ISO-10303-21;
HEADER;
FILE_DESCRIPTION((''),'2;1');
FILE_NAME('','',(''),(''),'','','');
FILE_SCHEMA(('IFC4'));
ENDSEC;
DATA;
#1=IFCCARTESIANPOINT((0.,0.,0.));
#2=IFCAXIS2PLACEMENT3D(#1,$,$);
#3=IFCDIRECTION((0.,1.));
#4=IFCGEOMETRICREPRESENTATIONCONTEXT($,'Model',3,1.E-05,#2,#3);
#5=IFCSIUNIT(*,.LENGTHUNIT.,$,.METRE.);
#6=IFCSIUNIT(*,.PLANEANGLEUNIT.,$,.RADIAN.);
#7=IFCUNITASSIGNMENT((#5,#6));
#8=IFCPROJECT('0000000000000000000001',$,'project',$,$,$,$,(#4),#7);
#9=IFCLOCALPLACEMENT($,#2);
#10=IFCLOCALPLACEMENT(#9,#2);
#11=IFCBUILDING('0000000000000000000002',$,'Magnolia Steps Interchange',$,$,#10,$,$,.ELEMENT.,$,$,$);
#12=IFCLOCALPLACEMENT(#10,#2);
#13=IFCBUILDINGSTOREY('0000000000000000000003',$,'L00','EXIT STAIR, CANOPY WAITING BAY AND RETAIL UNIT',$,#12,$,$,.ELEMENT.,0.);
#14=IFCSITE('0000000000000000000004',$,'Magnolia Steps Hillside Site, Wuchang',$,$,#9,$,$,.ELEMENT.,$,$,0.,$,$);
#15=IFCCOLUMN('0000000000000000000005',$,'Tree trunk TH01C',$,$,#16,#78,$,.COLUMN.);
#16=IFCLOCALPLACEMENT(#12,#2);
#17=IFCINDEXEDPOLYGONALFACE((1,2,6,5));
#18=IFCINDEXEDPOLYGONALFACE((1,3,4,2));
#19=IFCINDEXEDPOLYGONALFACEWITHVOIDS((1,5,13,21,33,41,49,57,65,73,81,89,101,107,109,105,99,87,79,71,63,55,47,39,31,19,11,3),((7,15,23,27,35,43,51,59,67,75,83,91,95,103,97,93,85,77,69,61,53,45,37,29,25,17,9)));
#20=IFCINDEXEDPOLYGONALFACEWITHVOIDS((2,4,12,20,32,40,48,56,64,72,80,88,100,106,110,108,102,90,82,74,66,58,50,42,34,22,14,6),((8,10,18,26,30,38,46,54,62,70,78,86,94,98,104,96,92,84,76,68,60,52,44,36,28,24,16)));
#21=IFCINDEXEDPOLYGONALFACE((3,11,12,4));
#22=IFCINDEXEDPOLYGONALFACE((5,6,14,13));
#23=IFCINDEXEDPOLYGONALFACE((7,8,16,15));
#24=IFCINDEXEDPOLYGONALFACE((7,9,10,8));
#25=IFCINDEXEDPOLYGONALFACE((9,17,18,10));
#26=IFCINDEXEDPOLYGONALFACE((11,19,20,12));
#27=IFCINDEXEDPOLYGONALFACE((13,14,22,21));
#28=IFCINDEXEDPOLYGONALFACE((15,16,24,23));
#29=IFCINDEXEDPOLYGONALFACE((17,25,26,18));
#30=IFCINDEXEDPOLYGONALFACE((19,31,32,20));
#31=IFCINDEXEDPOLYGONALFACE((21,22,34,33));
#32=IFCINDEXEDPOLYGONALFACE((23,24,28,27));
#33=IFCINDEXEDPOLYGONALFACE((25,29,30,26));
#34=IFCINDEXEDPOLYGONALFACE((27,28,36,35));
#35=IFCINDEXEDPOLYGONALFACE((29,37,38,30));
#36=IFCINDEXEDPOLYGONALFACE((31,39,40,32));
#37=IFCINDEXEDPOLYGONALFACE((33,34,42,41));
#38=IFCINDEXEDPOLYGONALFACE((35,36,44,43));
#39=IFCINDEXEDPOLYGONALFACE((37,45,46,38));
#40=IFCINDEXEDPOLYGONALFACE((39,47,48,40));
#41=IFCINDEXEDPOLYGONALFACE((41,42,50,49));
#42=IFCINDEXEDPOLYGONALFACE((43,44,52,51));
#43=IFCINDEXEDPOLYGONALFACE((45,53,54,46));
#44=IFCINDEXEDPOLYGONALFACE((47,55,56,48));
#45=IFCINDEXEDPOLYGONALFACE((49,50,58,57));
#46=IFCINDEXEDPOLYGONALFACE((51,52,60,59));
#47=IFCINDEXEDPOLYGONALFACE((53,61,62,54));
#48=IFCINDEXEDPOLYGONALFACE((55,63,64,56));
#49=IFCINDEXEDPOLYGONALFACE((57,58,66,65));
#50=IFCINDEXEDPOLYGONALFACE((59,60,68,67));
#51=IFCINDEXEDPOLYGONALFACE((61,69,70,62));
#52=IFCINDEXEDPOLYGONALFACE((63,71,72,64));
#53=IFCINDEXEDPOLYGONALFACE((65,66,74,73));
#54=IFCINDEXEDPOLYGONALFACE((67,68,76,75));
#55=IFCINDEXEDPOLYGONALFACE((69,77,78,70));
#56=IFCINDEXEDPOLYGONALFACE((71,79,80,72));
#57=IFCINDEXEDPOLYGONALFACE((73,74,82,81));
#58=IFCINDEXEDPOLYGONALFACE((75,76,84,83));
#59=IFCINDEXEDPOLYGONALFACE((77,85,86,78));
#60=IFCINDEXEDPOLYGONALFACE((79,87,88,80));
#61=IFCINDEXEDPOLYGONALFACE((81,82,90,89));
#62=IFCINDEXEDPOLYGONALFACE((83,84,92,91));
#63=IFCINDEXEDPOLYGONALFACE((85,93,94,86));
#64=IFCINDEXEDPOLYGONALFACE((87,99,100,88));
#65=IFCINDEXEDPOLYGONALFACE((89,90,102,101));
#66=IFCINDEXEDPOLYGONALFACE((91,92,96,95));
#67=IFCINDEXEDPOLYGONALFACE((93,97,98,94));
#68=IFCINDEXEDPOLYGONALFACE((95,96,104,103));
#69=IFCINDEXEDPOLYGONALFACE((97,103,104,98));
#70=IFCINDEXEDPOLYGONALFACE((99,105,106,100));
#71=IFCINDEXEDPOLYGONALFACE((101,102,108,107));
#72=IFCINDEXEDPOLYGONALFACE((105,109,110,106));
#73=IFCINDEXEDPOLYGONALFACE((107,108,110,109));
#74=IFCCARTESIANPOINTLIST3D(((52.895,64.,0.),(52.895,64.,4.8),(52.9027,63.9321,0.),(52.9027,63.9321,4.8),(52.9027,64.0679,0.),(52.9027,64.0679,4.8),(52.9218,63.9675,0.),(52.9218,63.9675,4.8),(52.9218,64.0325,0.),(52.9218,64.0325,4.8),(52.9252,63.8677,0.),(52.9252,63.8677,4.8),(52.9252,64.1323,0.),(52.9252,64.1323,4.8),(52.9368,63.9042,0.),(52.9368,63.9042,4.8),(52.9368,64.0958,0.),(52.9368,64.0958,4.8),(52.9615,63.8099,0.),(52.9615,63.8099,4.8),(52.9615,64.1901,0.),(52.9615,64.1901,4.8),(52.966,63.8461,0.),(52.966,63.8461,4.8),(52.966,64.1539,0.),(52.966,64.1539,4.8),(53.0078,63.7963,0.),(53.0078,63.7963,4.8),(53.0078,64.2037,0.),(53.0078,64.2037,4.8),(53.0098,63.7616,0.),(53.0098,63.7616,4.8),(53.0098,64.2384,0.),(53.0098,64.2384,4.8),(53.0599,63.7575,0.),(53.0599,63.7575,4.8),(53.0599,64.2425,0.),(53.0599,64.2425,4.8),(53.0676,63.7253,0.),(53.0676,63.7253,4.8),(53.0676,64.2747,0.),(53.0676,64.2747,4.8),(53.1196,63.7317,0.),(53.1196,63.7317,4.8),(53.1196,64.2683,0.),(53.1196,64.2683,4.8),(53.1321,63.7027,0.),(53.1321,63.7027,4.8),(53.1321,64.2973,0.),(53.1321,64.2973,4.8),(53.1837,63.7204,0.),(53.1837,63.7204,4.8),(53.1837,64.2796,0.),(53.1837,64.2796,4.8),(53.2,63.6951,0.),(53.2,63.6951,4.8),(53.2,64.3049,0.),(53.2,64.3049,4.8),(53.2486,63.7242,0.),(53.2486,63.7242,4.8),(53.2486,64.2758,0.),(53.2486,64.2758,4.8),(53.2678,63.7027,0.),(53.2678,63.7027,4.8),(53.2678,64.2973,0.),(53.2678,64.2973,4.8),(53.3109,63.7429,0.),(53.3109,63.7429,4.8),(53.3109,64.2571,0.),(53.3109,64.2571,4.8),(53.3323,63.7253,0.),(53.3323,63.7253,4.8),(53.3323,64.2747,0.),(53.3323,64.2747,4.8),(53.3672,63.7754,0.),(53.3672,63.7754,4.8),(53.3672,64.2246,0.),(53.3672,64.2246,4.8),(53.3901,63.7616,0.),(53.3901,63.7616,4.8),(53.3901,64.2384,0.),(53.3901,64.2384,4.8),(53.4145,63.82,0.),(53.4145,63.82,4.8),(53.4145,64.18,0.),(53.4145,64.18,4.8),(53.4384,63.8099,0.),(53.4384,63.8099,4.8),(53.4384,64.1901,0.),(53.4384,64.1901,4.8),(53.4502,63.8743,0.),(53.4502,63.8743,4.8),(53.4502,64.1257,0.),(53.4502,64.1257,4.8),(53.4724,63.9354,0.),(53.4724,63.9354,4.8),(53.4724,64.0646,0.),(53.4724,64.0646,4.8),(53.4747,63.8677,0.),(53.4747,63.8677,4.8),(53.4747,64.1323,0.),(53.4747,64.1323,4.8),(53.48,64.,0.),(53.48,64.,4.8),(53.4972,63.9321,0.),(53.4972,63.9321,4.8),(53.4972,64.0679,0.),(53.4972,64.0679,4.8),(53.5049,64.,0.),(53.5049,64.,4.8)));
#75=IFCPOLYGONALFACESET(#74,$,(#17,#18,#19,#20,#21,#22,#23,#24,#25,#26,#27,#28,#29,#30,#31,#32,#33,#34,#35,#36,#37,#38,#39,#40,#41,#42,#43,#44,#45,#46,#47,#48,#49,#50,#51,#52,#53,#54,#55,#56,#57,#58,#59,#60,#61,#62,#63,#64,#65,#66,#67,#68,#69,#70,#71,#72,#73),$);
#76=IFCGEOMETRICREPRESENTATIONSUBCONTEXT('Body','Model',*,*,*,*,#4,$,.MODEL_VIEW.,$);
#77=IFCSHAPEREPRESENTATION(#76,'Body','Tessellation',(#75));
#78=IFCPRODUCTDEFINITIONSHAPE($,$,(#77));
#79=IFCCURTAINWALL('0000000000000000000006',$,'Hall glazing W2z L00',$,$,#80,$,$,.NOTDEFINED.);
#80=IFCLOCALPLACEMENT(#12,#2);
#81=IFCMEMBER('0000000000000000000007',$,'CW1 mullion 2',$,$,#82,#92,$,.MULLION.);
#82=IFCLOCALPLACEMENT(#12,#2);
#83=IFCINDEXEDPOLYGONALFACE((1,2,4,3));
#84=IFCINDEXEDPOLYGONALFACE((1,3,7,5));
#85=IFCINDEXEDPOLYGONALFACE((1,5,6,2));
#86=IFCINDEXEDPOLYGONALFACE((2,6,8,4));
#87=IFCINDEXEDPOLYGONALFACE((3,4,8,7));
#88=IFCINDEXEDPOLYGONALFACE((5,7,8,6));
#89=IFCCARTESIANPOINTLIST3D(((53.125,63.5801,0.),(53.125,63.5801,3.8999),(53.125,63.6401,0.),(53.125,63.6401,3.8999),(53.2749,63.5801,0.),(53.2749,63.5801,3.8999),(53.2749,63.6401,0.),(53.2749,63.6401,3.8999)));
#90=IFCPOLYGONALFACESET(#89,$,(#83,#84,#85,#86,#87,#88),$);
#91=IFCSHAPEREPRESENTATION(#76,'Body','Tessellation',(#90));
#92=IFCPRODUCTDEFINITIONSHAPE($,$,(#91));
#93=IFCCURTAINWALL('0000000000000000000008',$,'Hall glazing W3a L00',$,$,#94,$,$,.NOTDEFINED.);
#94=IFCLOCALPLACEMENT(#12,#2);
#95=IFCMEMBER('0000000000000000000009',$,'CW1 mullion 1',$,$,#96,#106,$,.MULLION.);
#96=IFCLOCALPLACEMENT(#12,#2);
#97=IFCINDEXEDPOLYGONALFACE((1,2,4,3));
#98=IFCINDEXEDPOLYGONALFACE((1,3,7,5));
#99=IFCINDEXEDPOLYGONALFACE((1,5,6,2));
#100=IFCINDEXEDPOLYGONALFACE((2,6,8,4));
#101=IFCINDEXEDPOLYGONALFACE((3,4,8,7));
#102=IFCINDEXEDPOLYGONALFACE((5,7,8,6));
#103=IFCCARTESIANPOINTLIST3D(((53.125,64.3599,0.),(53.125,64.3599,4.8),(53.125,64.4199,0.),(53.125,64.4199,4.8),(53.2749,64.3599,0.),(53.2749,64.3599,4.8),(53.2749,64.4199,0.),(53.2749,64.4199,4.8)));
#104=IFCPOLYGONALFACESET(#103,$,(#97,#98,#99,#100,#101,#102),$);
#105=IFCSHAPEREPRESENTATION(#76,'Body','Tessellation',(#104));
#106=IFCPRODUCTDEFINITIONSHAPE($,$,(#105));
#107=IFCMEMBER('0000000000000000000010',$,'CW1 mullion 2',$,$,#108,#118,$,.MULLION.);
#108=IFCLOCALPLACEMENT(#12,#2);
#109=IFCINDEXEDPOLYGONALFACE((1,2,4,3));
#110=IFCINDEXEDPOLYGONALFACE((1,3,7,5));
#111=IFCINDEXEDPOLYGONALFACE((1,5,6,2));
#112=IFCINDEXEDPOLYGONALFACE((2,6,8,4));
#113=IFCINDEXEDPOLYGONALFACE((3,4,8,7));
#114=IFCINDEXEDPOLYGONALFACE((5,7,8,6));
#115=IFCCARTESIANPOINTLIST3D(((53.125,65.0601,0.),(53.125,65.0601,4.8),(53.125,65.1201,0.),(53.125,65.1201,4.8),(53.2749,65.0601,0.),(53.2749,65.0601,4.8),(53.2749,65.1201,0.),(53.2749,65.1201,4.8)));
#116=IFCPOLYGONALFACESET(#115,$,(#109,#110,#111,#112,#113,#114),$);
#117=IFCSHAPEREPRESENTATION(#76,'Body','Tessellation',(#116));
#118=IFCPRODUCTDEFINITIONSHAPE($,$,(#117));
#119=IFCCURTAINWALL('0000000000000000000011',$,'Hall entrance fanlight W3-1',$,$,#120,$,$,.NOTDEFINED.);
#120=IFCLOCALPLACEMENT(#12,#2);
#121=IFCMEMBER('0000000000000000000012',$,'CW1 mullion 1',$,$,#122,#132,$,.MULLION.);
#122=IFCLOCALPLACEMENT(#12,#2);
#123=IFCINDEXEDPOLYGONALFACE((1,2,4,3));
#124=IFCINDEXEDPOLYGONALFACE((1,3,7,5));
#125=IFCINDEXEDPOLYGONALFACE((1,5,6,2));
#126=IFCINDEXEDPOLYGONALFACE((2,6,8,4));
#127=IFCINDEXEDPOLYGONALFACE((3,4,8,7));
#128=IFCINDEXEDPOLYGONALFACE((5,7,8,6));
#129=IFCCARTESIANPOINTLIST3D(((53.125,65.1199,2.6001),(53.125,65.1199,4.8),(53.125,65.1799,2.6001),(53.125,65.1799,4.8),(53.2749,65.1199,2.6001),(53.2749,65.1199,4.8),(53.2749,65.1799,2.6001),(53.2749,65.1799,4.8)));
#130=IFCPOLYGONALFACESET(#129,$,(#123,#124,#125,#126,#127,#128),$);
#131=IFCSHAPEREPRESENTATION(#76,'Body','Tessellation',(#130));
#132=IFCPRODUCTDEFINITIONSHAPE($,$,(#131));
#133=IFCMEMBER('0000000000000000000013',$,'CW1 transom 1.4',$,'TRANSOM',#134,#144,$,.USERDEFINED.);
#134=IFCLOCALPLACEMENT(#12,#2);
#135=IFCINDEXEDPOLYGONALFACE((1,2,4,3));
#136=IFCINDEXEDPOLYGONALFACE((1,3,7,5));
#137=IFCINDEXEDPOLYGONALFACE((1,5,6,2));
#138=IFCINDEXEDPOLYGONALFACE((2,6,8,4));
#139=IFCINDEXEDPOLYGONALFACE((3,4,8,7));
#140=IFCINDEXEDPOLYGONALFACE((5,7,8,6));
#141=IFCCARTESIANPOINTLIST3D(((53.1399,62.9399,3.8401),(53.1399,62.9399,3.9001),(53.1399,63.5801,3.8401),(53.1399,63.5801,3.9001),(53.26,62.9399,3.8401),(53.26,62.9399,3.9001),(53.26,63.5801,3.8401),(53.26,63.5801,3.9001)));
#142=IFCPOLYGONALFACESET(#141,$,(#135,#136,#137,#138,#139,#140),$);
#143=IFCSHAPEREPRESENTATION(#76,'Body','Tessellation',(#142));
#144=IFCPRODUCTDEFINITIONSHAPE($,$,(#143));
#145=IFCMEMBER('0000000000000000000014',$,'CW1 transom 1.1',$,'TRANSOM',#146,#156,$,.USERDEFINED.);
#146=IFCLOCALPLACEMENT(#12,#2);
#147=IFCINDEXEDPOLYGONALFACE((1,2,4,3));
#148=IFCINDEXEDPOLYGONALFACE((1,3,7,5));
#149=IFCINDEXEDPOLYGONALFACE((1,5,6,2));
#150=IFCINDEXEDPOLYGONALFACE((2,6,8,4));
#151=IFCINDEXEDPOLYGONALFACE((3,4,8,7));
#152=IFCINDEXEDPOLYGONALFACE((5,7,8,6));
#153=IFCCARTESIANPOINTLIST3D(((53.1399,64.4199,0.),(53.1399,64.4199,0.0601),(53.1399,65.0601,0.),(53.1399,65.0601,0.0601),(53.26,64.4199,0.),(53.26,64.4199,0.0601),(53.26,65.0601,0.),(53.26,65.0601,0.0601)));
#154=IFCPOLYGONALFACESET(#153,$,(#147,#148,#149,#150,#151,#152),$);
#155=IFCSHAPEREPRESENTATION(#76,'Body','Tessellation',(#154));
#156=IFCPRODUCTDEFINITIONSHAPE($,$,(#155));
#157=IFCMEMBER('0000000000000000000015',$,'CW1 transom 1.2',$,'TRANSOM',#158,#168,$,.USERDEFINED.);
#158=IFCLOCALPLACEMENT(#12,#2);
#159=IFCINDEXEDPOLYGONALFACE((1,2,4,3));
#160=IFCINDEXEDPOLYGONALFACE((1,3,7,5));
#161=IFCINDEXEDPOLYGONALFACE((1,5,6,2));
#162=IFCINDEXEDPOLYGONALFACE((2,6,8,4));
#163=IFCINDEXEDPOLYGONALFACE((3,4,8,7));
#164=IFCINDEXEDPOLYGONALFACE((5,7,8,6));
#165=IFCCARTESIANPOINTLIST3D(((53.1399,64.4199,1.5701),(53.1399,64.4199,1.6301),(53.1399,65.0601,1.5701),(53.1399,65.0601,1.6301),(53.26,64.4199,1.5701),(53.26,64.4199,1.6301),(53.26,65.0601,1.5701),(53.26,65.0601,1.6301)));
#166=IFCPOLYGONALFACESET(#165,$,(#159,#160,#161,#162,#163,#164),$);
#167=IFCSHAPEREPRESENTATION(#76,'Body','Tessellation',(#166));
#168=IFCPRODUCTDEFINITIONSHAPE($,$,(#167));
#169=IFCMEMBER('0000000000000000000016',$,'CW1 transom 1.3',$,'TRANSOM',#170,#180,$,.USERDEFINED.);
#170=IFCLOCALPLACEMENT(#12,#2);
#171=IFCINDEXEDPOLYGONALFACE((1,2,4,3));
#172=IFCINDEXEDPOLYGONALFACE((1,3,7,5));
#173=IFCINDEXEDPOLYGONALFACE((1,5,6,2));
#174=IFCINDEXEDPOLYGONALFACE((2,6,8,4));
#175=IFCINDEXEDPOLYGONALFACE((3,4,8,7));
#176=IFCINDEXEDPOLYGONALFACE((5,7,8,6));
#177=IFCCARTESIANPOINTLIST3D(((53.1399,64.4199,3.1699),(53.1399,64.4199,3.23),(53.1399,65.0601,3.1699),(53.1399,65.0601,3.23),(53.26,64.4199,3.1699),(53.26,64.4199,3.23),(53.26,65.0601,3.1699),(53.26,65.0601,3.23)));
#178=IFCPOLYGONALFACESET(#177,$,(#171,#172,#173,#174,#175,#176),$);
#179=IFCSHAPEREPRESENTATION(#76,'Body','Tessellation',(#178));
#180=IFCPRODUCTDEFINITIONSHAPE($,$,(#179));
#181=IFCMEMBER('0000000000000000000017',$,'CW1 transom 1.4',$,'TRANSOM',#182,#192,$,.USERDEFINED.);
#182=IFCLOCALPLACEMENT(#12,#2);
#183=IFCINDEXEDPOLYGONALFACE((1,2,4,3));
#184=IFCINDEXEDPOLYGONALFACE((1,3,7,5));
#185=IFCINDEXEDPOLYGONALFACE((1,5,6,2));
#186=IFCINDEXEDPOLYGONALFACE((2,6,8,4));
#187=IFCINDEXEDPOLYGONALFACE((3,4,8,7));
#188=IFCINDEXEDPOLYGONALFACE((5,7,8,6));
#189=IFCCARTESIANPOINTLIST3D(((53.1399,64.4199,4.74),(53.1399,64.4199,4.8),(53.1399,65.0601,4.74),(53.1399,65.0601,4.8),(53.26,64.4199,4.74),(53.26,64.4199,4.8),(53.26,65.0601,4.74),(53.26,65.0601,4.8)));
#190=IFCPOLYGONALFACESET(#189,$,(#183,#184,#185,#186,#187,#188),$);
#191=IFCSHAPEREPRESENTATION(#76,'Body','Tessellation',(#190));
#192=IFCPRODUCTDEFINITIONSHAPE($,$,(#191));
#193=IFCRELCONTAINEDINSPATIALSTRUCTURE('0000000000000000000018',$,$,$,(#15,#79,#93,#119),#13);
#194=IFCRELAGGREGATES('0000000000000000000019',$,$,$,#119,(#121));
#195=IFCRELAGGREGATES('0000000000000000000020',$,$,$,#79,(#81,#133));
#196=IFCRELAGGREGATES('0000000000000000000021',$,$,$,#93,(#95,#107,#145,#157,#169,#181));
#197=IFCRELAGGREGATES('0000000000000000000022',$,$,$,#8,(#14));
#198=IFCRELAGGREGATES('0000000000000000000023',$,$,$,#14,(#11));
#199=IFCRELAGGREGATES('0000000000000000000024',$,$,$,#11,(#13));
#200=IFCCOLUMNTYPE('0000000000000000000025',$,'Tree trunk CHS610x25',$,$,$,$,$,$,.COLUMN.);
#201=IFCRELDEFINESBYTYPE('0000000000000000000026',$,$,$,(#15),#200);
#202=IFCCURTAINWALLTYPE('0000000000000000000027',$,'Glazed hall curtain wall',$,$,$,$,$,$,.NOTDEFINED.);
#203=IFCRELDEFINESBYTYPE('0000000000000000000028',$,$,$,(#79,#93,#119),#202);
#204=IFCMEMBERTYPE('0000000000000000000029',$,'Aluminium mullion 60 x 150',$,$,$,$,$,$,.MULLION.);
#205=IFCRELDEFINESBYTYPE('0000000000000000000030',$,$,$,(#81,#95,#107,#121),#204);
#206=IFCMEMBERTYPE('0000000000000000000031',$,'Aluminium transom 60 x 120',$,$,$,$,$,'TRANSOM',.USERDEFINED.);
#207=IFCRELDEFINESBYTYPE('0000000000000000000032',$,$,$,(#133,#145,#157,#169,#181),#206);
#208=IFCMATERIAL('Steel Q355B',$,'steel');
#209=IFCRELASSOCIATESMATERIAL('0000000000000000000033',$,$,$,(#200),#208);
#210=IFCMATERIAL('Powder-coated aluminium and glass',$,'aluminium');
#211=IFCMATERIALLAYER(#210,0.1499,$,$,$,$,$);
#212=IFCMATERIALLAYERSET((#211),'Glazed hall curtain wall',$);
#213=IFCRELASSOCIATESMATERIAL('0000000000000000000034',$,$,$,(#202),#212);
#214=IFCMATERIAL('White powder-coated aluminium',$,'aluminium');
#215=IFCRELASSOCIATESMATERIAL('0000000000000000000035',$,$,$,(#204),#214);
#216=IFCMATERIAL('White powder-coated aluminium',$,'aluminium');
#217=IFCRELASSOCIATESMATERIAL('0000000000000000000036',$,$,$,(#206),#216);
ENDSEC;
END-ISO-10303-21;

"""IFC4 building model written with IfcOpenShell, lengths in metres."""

from ifc_helpers import new_model, si_unit, direction, frame, origin, origin_2d, place, context, subcontext, project, spatial, rectangle, hollow_circle, extrude, material, layer, layer_set, material_profile, profile_set, type_object, element, aggregate, save


model = new_model("IFC4")

# Units and contexts
model_context = context("Model", 3, precision=1e-05, world=origin(), true_north=direction((0.0, 1.0)))
body_context = subcontext(model_context, "Body", "Model", "MODEL_VIEW")
ifc_project = project(units=[si_unit("LENGTHUNIT", "METRE"), si_unit("PLANEANGLEUNIT", "RADIAN")], contexts=[model_context])

# Site, building, storey
site_placement = place(None, origin())
site = spatial("IfcSite", under=ifc_project, at=site_placement, Name="Magnolia Steps Hillside Site, Wuchang", CompositionType="ELEMENT", RefElevation=0.0)
building_placement = place(site_placement, origin())
building = spatial("IfcBuilding", under=site, at=building_placement, Name="Magnolia Steps Interchange", CompositionType="ELEMENT")
storey_placement = place(building_placement, origin())
storey = spatial("IfcBuildingStorey", under=building, at=storey_placement, Name="L00", Description="EXIT STAIR, CANOPY WAITING BAY AND RETAIL UNIT", CompositionType="ELEMENT", Elevation=0.0)

# Column
ifc_material_1 = material(Name="Steel Q355B", Category="steel")
ifc_material_profile_1 = material_profile(ifc_material_1, hollow_circle(Radius=0.3049, WallThickness=0.0249, at=origin_2d()), Name="CHS610x25")
ifc_profile_set_1 = profile_set([ifc_material_profile_1], Name="Steel Q355B")
column_type = type_object("IfcColumnType", Name="Tree trunk CHS610x25", PredefinedType="COLUMN", material=ifc_profile_set_1)
column_placement = place(storey_placement, frame((53.2, 64.0, 0.0), z_axis=(0.0, 0.0, 1.0), x_axis=(1.0, 0.0, 0.0)))
element("IfcColumn", 1, at=column_placement, inside=storey, type_object=column_type, Name="Tree trunk TH01C", PredefinedType="COLUMN", context=body_context, shape_type="SweptSolid", body=[
    extrude(hollow_circle(Radius=0.3049, WallThickness=0.0249, at=origin_2d()), origin(), (0.0, 0.0, 1.0), 4.8),
])

# Curtain wall, member
ifc_material_2 = material(Name="Powder-coated aluminium and glass", Category="aluminium")
ifc_layer_1 = layer(ifc_material_2, 0.1499)
ifc_layer_set_1 = layer_set([ifc_layer_1], Name="Glazed hall curtain wall")
curtain_wall_type = type_object("IfcCurtainWallType", Name="Glazed hall curtain wall", PredefinedType="NOTDEFINED", material=ifc_layer_set_1)
curtain_wall_1_placement = place(storey_placement, origin())
curtain_wall_1 = element("IfcCurtainWall", 2, at=curtain_wall_1_placement, inside=storey, type_object=curtain_wall_type, Name="Hall glazing W2z L00", PredefinedType="NOTDEFINED")
ifc_material_3 = material(Name="White powder-coated aluminium", Category="aluminium")
ifc_material_profile_2 = material_profile(ifc_material_3, rectangle(XDim=0.0601, YDim=0.1499, at=origin_2d()), Name="Aluminium mullion 60 x 150")
ifc_profile_set_2 = profile_set([ifc_material_profile_2], Name="White powder-coated aluminium")
member_type_1 = type_object("IfcMemberType", Name="Aluminium mullion 60 x 150", PredefinedType="MULLION", material=ifc_profile_set_2)
member_1_placement = place(storey_placement, frame((53.2, 63.6101, 0.0), z_axis=(0.0, 0.0, 1.0), x_axis=(0.0, 1.0, 0.0)))
member_1 = element("IfcMember", 3, at=member_1_placement, type_object=member_type_1, Name="CW1 mullion 2", PredefinedType="MULLION", context=body_context, shape_type="SweptSolid", body=[
    extrude(rectangle(XDim=0.0601, YDim=0.1499, at=origin_2d()), origin(), (0.0, 0.0, 1.0), 3.8999),
])

# Curtain wall, members
curtain_wall_2_placement = place(storey_placement, origin())
curtain_wall_2 = element("IfcCurtainWall", 4, at=curtain_wall_2_placement, inside=storey, type_object=curtain_wall_type, Name="Hall glazing W3a L00", PredefinedType="NOTDEFINED")
member_2_placement = place(storey_placement, frame((53.2, 64.3899, 0.0), z_axis=(0.0, 0.0, 1.0), x_axis=(0.0, 1.0, 0.0)))
member_2 = element("IfcMember", 5, at=member_2_placement, type_object=member_type_1, Name="CW1 mullion 1", PredefinedType="MULLION", context=body_context, shape_type="SweptSolid", body=[
    extrude(rectangle(XDim=0.0601, YDim=0.1499, at=origin_2d()), origin(), (0.0, 0.0, 1.0), 4.8),
])
member_3_placement = place(storey_placement, frame((53.2, 65.0901, 0.0), z_axis=(0.0, 0.0, 1.0), x_axis=(0.0, 1.0, 0.0)))
member_3 = element("IfcMember", 6, at=member_3_placement, type_object=member_type_1, Name="CW1 mullion 2", PredefinedType="MULLION", context=body_context, shape_type="SweptSolid", body=[
    extrude(rectangle(XDim=0.0601, YDim=0.1499, at=origin_2d()), origin(), (0.0, 0.0, 1.0), 4.8),
])

# Curtain wall, member
curtain_wall_3_placement = place(storey_placement, origin())
curtain_wall_3 = element("IfcCurtainWall", 7, at=curtain_wall_3_placement, inside=storey, type_object=curtain_wall_type, Name="Hall entrance fanlight W3-1", PredefinedType="NOTDEFINED")
member_4_placement = place(storey_placement, frame((53.2, 65.1499, 2.6001), z_axis=(0.0, 0.0, 1.0), x_axis=(0.0, 1.0, 0.0)))
member_4 = element("IfcMember", 8, at=member_4_placement, type_object=member_type_1, Name="CW1 mullion 1", PredefinedType="MULLION", context=body_context, shape_type="SweptSolid", body=[
    extrude(rectangle(XDim=0.0601, YDim=0.1499, at=origin_2d()), origin(), (0.0, 0.0, 1.0), 2.2),
])
aggregate(curtain_wall_3, [member_4])

# Members
ifc_material_4 = material(Name="White powder-coated aluminium", Category="aluminium")
ifc_material_profile_3 = material_profile(ifc_material_4, rectangle(XDim=0.0601, YDim=0.1201, at=origin_2d()), Name="Aluminium transom 60 x 120")
ifc_profile_set_3 = profile_set([ifc_material_profile_3], Name="White powder-coated aluminium")
member_type_2 = type_object("IfcMemberType", Name="Aluminium transom 60 x 120", ElementType="TRANSOM", PredefinedType="USERDEFINED", material=ifc_profile_set_3)
member_5_placement = place(storey_placement, frame((53.2, 62.9399, 3.8701), z_axis=(0.0, 1.0, 0.0), x_axis=(0.0, 0.0, 1.0)))
member_5 = element("IfcMember", 9, at=member_5_placement, type_object=member_type_2, Name="CW1 transom 1.4", ObjectType="TRANSOM", PredefinedType="USERDEFINED", context=body_context, shape_type="SweptSolid", body=[
    extrude(rectangle(XDim=0.0601, YDim=0.1201, at=origin_2d()), origin(), (0.0, 0.0, 1.0), 0.6401),
])
member_6_placement = place(storey_placement, frame((53.2, 64.4199, 0.03), z_axis=(0.0, 1.0, 0.0), x_axis=(0.0, 0.0, 1.0)))
member_6 = element("IfcMember", 10, at=member_6_placement, type_object=member_type_2, Name="CW1 transom 1.1", ObjectType="TRANSOM", PredefinedType="USERDEFINED", context=body_context, shape_type="SweptSolid", body=[
    extrude(rectangle(XDim=0.0601, YDim=0.1201, at=origin_2d()), origin(), (0.0, 0.0, 1.0), 0.6401),
])
member_7_placement = place(storey_placement, frame((53.2, 64.4199, 1.6001), z_axis=(0.0, 1.0, 0.0), x_axis=(0.0, 0.0, 1.0)))
member_7 = element("IfcMember", 11, at=member_7_placement, type_object=member_type_2, Name="CW1 transom 1.2", ObjectType="TRANSOM", PredefinedType="USERDEFINED", context=body_context, shape_type="SweptSolid", body=[
    extrude(rectangle(XDim=0.0601, YDim=0.1201, at=origin_2d()), origin(), (0.0, 0.0, 1.0), 0.6401),
])
member_8_placement = place(storey_placement, frame((53.2, 64.4199, 3.2), z_axis=(0.0, 1.0, 0.0), x_axis=(0.0, 0.0, 1.0)))
member_8 = element("IfcMember", 12, at=member_8_placement, type_object=member_type_2, Name="CW1 transom 1.3", ObjectType="TRANSOM", PredefinedType="USERDEFINED", context=body_context, shape_type="SweptSolid", body=[
    extrude(rectangle(XDim=0.0601, YDim=0.1201, at=origin_2d()), origin(), (0.0, 0.0, 1.0), 0.6401),
])
member_9_placement = place(storey_placement, frame((53.2, 64.4199, 4.77), z_axis=(0.0, 1.0, 0.0), x_axis=(0.0, 0.0, 1.0)))
member_9 = element("IfcMember", 13, at=member_9_placement, type_object=member_type_2, Name="CW1 transom 1.4", ObjectType="TRANSOM", PredefinedType="USERDEFINED", context=body_context, shape_type="SweptSolid", body=[
    extrude(rectangle(XDim=0.0601, YDim=0.1201, at=origin_2d()), origin(), (0.0, 0.0, 1.0), 0.6401),
])

aggregate(curtain_wall_1, [member_1, member_5])
aggregate(curtain_wall_2, [member_2, member_3, member_6, member_7, member_8, member_9])

save(model, "model.ifc")
